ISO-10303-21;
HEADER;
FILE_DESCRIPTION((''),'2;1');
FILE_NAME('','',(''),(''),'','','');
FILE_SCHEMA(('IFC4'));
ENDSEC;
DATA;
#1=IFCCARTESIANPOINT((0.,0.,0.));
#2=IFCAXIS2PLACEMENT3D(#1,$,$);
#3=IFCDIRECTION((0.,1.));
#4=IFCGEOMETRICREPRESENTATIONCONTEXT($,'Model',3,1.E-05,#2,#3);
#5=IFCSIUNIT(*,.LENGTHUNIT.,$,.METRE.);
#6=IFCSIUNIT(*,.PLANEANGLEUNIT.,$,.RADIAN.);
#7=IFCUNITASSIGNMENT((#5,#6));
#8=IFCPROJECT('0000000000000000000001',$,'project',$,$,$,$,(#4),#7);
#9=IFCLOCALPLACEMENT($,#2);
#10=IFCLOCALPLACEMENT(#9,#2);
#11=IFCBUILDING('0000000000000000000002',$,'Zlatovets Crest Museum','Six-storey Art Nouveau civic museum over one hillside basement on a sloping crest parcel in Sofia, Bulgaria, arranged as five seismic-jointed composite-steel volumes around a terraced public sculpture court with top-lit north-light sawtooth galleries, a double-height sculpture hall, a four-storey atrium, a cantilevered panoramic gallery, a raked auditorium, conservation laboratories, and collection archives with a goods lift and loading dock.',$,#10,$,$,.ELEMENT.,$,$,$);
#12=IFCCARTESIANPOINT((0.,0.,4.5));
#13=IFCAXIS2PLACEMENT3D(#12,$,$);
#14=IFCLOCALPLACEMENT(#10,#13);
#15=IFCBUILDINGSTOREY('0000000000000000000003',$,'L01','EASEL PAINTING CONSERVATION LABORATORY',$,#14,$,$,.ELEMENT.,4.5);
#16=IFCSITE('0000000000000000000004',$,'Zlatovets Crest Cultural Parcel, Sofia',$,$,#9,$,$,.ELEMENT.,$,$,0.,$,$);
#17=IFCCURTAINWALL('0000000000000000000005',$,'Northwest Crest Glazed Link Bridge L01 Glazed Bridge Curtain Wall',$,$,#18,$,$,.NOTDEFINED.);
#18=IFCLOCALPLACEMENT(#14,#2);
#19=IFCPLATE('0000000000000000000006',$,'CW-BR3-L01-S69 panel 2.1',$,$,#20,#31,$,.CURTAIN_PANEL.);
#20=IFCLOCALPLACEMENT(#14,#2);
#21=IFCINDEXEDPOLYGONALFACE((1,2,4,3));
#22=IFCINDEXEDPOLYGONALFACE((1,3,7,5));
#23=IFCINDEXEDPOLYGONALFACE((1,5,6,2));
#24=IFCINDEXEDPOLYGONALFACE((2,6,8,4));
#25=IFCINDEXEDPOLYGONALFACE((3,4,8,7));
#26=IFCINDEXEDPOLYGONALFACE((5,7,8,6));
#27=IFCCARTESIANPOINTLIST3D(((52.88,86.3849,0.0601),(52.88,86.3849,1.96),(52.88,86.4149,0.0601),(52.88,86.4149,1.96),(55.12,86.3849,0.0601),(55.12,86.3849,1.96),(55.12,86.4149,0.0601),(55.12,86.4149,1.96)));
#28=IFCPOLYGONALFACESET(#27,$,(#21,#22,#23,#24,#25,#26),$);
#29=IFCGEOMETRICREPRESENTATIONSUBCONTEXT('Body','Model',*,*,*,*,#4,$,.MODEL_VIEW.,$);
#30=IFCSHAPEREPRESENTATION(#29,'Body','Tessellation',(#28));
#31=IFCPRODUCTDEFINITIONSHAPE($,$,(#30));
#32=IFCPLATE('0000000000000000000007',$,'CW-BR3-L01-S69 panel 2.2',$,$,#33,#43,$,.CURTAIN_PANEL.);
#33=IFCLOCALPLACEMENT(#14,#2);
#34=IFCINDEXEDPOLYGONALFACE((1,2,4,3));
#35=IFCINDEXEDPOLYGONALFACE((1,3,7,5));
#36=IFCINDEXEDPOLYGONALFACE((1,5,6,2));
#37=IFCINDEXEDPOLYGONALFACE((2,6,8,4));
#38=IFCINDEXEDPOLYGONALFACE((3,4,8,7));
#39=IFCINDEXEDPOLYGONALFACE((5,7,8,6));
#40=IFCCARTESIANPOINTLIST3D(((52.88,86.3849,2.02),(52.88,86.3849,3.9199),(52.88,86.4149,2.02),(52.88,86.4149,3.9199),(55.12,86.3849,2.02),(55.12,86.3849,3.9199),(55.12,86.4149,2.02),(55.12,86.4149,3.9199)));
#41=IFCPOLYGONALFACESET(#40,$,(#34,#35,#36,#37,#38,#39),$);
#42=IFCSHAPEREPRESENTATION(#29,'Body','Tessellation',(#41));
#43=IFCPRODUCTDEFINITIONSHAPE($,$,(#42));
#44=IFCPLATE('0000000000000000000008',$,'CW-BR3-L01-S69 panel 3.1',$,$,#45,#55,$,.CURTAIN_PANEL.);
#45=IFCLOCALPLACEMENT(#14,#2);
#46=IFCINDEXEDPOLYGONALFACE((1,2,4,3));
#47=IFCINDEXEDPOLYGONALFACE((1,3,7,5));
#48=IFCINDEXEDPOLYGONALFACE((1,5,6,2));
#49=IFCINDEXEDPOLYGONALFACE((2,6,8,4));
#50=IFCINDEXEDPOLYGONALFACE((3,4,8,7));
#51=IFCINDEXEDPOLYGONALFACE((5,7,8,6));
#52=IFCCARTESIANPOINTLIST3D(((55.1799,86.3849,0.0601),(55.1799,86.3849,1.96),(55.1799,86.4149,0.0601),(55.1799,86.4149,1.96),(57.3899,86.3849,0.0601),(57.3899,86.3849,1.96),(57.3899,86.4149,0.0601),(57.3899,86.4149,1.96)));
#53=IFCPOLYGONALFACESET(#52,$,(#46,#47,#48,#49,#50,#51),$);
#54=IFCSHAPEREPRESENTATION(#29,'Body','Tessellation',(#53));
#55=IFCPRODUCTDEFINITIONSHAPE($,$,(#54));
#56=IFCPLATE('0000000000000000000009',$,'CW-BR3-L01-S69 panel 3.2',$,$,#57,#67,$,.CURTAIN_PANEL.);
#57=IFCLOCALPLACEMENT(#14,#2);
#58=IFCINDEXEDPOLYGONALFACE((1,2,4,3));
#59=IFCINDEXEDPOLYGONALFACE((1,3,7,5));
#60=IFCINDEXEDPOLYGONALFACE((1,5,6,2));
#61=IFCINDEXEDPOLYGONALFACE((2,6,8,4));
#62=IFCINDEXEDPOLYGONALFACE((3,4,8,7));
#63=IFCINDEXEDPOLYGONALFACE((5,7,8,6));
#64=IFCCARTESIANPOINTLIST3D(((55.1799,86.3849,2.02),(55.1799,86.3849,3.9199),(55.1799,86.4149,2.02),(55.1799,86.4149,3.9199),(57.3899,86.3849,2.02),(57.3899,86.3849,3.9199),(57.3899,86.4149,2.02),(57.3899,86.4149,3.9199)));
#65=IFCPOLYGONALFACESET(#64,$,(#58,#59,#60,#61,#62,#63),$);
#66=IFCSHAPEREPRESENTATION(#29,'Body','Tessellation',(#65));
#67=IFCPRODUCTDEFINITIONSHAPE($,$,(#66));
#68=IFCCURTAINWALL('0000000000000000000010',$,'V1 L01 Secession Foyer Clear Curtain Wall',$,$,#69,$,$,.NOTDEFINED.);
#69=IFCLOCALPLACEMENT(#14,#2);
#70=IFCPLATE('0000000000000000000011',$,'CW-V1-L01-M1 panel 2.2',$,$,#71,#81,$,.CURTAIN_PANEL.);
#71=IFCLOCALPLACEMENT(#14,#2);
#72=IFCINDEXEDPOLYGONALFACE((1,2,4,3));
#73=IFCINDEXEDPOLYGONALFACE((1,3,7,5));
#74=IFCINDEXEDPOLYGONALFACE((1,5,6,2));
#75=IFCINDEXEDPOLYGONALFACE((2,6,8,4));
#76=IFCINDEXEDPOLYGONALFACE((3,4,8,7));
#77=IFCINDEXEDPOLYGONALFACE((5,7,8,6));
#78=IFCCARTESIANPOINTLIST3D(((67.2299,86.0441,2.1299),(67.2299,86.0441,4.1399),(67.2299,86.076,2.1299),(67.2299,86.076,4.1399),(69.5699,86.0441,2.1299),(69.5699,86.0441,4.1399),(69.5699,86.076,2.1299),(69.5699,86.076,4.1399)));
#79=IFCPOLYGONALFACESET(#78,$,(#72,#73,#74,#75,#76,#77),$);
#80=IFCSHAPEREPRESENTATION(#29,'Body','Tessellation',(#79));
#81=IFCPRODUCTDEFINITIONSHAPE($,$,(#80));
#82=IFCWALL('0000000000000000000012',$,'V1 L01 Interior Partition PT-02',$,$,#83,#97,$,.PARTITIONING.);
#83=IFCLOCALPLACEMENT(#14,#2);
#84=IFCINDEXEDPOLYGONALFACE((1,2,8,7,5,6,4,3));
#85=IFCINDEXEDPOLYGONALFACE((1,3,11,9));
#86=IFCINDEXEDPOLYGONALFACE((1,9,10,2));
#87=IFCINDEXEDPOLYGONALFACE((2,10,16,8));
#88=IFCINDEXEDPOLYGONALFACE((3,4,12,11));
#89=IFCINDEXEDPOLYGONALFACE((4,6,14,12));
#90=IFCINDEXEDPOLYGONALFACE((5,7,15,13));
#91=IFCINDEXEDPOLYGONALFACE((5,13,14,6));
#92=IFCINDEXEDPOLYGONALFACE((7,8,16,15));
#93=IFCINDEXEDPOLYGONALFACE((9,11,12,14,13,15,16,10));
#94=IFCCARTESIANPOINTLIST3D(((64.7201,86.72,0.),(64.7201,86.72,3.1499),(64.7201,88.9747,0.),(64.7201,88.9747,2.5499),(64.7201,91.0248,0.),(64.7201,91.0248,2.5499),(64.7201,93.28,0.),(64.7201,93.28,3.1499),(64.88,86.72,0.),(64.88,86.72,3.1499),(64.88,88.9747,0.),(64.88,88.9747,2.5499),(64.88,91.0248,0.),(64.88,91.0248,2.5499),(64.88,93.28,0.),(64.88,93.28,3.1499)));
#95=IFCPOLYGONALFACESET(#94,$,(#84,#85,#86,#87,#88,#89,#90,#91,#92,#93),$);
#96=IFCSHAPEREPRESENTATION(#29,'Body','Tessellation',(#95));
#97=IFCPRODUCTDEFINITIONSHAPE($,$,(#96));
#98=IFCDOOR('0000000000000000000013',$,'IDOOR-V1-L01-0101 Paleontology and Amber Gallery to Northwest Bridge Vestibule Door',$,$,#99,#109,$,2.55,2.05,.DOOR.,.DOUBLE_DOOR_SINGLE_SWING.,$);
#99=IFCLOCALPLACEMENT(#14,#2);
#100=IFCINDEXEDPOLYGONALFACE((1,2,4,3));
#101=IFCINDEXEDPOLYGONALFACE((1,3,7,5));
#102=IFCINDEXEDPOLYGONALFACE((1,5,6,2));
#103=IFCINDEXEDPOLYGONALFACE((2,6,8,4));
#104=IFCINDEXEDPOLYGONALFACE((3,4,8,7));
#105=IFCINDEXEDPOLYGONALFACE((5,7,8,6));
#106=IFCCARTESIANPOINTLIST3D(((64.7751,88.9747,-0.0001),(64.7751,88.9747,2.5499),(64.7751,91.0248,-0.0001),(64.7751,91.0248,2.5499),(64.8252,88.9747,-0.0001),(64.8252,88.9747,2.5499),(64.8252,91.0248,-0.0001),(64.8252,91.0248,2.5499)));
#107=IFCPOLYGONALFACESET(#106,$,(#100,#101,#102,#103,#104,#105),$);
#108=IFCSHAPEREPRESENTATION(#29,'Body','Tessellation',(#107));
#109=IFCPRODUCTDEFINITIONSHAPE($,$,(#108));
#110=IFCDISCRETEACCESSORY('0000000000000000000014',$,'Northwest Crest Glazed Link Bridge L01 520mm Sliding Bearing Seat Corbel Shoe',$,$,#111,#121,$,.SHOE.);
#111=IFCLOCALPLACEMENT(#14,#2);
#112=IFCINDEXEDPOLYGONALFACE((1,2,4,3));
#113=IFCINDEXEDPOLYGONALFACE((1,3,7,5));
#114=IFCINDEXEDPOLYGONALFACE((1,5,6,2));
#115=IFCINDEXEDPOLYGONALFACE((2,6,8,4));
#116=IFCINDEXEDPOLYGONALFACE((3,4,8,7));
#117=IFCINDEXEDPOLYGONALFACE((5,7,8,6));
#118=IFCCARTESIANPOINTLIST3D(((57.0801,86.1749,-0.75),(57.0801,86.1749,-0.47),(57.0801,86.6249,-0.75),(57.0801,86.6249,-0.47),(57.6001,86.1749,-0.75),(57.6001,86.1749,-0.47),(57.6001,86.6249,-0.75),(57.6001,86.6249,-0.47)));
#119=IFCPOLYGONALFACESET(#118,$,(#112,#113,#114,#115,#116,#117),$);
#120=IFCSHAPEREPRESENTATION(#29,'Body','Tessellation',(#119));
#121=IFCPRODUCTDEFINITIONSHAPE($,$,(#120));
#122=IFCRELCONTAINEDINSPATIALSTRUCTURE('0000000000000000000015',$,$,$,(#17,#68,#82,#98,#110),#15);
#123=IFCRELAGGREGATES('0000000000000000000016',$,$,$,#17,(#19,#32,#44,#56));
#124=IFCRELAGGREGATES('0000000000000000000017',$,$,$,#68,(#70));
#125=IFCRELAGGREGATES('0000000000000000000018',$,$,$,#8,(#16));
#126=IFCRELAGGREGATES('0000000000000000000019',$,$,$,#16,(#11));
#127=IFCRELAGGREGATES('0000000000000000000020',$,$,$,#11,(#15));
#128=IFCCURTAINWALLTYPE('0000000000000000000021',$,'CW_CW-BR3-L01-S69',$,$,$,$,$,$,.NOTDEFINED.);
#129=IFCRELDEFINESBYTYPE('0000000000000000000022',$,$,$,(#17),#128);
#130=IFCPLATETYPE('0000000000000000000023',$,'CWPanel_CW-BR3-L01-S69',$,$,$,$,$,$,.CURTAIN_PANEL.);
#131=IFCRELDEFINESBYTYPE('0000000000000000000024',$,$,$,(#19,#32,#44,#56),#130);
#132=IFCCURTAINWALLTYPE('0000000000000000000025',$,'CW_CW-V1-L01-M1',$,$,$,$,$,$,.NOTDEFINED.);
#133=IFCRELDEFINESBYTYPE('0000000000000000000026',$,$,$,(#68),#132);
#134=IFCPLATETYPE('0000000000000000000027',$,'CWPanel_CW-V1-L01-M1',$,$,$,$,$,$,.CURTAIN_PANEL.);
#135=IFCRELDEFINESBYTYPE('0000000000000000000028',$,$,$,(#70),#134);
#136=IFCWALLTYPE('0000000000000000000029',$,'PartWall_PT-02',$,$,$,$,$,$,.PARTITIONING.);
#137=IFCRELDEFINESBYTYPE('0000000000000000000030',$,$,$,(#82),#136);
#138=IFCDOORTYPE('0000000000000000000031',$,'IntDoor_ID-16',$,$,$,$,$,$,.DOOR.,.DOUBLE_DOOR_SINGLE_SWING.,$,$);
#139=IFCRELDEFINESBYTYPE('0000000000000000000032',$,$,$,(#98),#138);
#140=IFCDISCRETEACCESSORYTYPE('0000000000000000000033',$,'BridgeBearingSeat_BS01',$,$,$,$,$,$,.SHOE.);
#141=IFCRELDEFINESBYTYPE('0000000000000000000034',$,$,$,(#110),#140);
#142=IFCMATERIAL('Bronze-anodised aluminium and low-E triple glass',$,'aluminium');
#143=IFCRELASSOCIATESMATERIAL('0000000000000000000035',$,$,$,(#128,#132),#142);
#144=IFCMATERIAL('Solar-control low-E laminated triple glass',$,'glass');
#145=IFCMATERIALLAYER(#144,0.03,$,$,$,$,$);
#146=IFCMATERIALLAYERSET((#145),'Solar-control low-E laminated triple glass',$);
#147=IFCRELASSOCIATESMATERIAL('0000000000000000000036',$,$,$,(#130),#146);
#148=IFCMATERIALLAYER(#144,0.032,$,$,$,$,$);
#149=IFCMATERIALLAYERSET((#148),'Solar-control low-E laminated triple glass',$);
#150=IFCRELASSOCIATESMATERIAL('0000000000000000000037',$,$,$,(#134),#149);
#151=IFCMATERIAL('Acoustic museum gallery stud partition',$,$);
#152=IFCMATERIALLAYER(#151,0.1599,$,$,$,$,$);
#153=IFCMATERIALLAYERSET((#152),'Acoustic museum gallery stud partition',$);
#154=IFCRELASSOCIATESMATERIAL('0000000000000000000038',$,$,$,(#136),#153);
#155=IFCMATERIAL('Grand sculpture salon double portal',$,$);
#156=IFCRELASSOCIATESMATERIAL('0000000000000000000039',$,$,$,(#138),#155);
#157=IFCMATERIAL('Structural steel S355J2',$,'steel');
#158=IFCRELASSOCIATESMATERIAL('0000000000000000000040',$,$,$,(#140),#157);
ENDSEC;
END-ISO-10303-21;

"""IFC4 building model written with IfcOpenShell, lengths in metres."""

from ifc_helpers import new_model, si_unit, direction, frame, frame_2d, origin, origin_2d, place, context, subcontext, project, spatial, rectangle, extrude, material, layer, layer_set, type_object, element, fill, aggregate, save


model = new_model("IFC4")

# Units and contexts
model_context = context("Model", 3, precision=1e-05, world=origin(), true_north=direction((0.0, 1.0)))
body_context = subcontext(model_context, "Body", "Model", "MODEL_VIEW")
ifc_project = project(units=[si_unit("LENGTHUNIT", "METRE"), si_unit("PLANEANGLEUNIT", "RADIAN")], contexts=[model_context])

# Site, building, storey
site_placement = place(None, origin())
site = spatial("IfcSite", under=ifc_project, at=site_placement, Name="Zlatovets Crest Cultural Parcel, Sofia", CompositionType="ELEMENT", RefElevation=0.0)
building_placement = place(site_placement, origin())
building = spatial("IfcBuilding", under=site, at=building_placement, Name="Zlatovets Crest Museum", Description="Six-storey Art Nouveau civic museum over one hillside basement on a sloping crest parcel in Sofia, Bulgaria, arranged as five seismic-jointed composite-steel volumes around a terraced public sculpture court with top-lit north-light sawtooth galleries, a double-height sculpture hall, a four-storey atrium, a cantilevered panoramic gallery, a raked auditorium, conservation laboratories, and collection archives with a goods lift and loading dock.", CompositionType="ELEMENT")
storey_placement = place(building_placement, frame((0.0, 0.0, 4.5)))
storey = spatial("IfcBuildingStorey", under=building, at=storey_placement, Name="L01", Description="EASEL PAINTING CONSERVATION LABORATORY", CompositionType="ELEMENT", Elevation=4.5)

# Shared definitions
ifc_material_1 = material(Name="Structural steel S355J2", Category="steel")

# Curtain wall, plates
ifc_material_2 = material(Name="Bronze-anodised aluminium and low-E triple glass", Category="aluminium")
curtain_wall_type_1 = type_object("IfcCurtainWallType", Name="CW_CW-BR3-L01-S69", PredefinedType="NOTDEFINED", material=ifc_material_2)
curtain_wall_1_placement = place(storey_placement, origin())
curtain_wall_1 = element("IfcCurtainWall", 1, at=curtain_wall_1_placement, inside=storey, type_object=curtain_wall_type_1, Name="Northwest Crest Glazed Link Bridge L01 Glazed Bridge Curtain Wall", PredefinedType="NOTDEFINED")
ifc_material_3 = material(Name="Solar-control low-E laminated triple glass", Category="glass")
ifc_layer_1 = layer(ifc_material_3, 0.03)
ifc_layer_set_1 = layer_set([ifc_layer_1], Name="Solar-control low-E laminated triple glass")
plate_type_1 = type_object("IfcPlateType", Name="CWPanel_CW-BR3-L01-S69", PredefinedType="CURTAIN_PANEL", material=ifc_layer_set_1)
plate_1_placement = place(storey_placement, frame((54.0, 86.3999, 0.0601), z_axis=(0.0, 0.0, 1.0), x_axis=(1.0, 0.0, 0.0)))
plate_1 = element("IfcPlate", 2, at=plate_1_placement, type_object=plate_type_1, Name="CW-BR3-L01-S69 panel 2.1", PredefinedType="CURTAIN_PANEL", context=body_context, shape_type="SweptSolid", body=[
    extrude(rectangle(XDim=2.24, YDim=0.03, at=origin_2d()), origin(), (0.0, 0.0, 1.0), 1.8999),
])
plate_2_placement = place(storey_placement, frame((54.0, 86.3999, 2.02), z_axis=(0.0, 0.0, 1.0), x_axis=(1.0, 0.0, 0.0)))
plate_2 = element("IfcPlate", 3, at=plate_2_placement, type_object=plate_type_1, Name="CW-BR3-L01-S69 panel 2.2", PredefinedType="CURTAIN_PANEL", context=body_context, shape_type="SweptSolid", body=[
    extrude(rectangle(XDim=2.24, YDim=0.03, at=origin_2d()), origin(), (0.0, 0.0, 1.0), 1.8999),
])
plate_3_placement = place(storey_placement, frame((56.2849, 86.3999, 0.0601), z_axis=(0.0, 0.0, 1.0), x_axis=(1.0, 0.0, 0.0)))
plate_3 = element("IfcPlate", 4, at=plate_3_placement, type_object=plate_type_1, Name="CW-BR3-L01-S69 panel 3.1", PredefinedType="CURTAIN_PANEL", context=body_context, shape_type="SweptSolid", body=[
    extrude(rectangle(XDim=2.21, YDim=0.03, at=origin_2d()), origin(), (0.0, 0.0, 1.0), 1.8999),
])
plate_4_placement = place(storey_placement, frame((56.2849, 86.3999, 2.02), z_axis=(0.0, 0.0, 1.0), x_axis=(1.0, 0.0, 0.0)))
plate_4 = element("IfcPlate", 5, at=plate_4_placement, type_object=plate_type_1, Name="CW-BR3-L01-S69 panel 3.2", PredefinedType="CURTAIN_PANEL", context=body_context, shape_type="SweptSolid", body=[
    extrude(rectangle(XDim=2.21, YDim=0.03, at=origin_2d()), origin(), (0.0, 0.0, 1.0), 1.8999),
])
aggregate(curtain_wall_1, [plate_1, plate_2, plate_3, plate_4])

# Curtain wall, plate
curtain_wall_type_2 = type_object("IfcCurtainWallType", Name="CW_CW-V1-L01-M1", PredefinedType="NOTDEFINED", material=ifc_material_2)
curtain_wall_2_placement = place(storey_placement, origin())
curtain_wall_2 = element("IfcCurtainWall", 6, at=curtain_wall_2_placement, inside=storey, type_object=curtain_wall_type_2, Name="V1 L01 Secession Foyer Clear Curtain Wall", PredefinedType="NOTDEFINED")
ifc_layer_2 = layer(ifc_material_3, 0.032)
ifc_layer_set_2 = layer_set([ifc_layer_2], Name="Solar-control low-E laminated triple glass")
plate_type_2 = type_object("IfcPlateType", Name="CWPanel_CW-V1-L01-M1", PredefinedType="CURTAIN_PANEL", material=ifc_layer_set_2)
plate_5_placement = place(storey_placement, frame((68.3999, 86.0601, 2.1299), z_axis=(0.0, 0.0, 1.0), x_axis=(1.0, 0.0, 0.0)))
plate_5 = element("IfcPlate", 7, at=plate_5_placement, type_object=plate_type_2, Name="CW-V1-L01-M1 panel 2.2", PredefinedType="CURTAIN_PANEL", context=body_context, shape_type="SweptSolid", body=[
    extrude(rectangle(XDim=2.3401, YDim=0.032, at=origin_2d()), origin(), (0.0, 0.0, 1.0), 2.01),
])
aggregate(curtain_wall_2, [plate_5])

# Wall, opening, door
ifc_material_4 = material(Name="Acoustic museum gallery stud partition")
ifc_layer_3 = layer(ifc_material_4, 0.1599)
ifc_layer_set_3 = layer_set([ifc_layer_3], Name="Acoustic museum gallery stud partition")
wall_type = type_object("IfcWallType", Name="PartWall_PT-02", PredefinedType="PARTITIONING", material=ifc_layer_set_3)
wall_placement = place(storey_placement, frame((64.8, 86.72, 0.0), z_axis=(0.0, 0.0, 1.0), x_axis=(0.0, 1.0, 0.0)))
wall = element("IfcWall", 8, at=wall_placement, inside=storey, type_object=wall_type, Name="V1 L01 Interior Partition PT-02", PredefinedType="PARTITIONING", context=body_context, shape_type="SweptSolid", body=[
    extrude(rectangle(XDim=6.5601, YDim=0.1599, at=frame_2d((3.28, 0.0))), origin(), (0.0, 0.0, 1.0), 3.1499),
])
opening_placement = place(wall_placement, frame((2.2549, 0.0, 0.0)))
opening = element("IfcOpeningElement", 9, at=opening_placement, cuts=wall, PredefinedType="OPENING", context=body_context, shape_type="SweptSolid", body=[
    extrude(rectangle(XDim=2.05, YDim=2.55, at=frame_2d((1.0249, 1.2749))), frame((0.0, 0.0898, 0.0), z_axis=(0.0, -1.0, 0.0), x_axis=(1.0, 0.0, 0.0)), (0.0, 0.0, 1.0), 0.1799),
])
ifc_material_5 = material(Name="Grand sculpture salon double portal")
door_type = type_object("IfcDoorType", Name="IntDoor_ID-16", OperationType="DOUBLE_DOOR_SINGLE_SWING", PredefinedType="DOOR", material=ifc_material_5)
door_placement = place(opening_placement, origin())
door = element("IfcDoor", 10, at=door_placement, inside=storey, type_object=door_type, Name="IDOOR-V1-L01-0101 Paleontology and Amber Gallery to Northwest Bridge Vestibule Door", OperationType="DOUBLE_DOOR_SINGLE_SWING", OverallHeight=2.55, OverallWidth=2.05, PredefinedType="DOOR", context=body_context, shape_type="SweptSolid", body=[
    extrude(rectangle(XDim=2.05, YDim=2.55, at=frame_2d((1.0249, 1.2749))), frame((0.0, 0.0249, 0.0), z_axis=(0.0, -1.0, 0.0), x_axis=(1.0, 0.0, 0.0)), (0.0, 0.0, 1.0), 0.05),
])
fill(opening, door)

# Discrete accessory
discrete_accessory_type = type_object("IfcDiscreteAccessoryType", Name="BridgeBearingSeat_BS01", PredefinedType="SHOE", material=ifc_material_1)
discrete_accessory_placement = place(storey_placement, frame((57.3401, 86.3999, -0.75), z_axis=(0.0, 0.0, 1.0), x_axis=(1.0, 0.0, 0.0)))
element("IfcDiscreteAccessory", 11, at=discrete_accessory_placement, inside=storey, type_object=discrete_accessory_type, Name="Northwest Crest Glazed Link Bridge L01 520mm Sliding Bearing Seat Corbel Shoe", PredefinedType="SHOE", context=body_context, shape_type="SweptSolid", body=[
    extrude(rectangle(XDim=0.52, YDim=0.45, at=origin_2d()), origin(), (0.0, 0.0, 1.0), 0.28),
])

save(model, "model.ifc")
